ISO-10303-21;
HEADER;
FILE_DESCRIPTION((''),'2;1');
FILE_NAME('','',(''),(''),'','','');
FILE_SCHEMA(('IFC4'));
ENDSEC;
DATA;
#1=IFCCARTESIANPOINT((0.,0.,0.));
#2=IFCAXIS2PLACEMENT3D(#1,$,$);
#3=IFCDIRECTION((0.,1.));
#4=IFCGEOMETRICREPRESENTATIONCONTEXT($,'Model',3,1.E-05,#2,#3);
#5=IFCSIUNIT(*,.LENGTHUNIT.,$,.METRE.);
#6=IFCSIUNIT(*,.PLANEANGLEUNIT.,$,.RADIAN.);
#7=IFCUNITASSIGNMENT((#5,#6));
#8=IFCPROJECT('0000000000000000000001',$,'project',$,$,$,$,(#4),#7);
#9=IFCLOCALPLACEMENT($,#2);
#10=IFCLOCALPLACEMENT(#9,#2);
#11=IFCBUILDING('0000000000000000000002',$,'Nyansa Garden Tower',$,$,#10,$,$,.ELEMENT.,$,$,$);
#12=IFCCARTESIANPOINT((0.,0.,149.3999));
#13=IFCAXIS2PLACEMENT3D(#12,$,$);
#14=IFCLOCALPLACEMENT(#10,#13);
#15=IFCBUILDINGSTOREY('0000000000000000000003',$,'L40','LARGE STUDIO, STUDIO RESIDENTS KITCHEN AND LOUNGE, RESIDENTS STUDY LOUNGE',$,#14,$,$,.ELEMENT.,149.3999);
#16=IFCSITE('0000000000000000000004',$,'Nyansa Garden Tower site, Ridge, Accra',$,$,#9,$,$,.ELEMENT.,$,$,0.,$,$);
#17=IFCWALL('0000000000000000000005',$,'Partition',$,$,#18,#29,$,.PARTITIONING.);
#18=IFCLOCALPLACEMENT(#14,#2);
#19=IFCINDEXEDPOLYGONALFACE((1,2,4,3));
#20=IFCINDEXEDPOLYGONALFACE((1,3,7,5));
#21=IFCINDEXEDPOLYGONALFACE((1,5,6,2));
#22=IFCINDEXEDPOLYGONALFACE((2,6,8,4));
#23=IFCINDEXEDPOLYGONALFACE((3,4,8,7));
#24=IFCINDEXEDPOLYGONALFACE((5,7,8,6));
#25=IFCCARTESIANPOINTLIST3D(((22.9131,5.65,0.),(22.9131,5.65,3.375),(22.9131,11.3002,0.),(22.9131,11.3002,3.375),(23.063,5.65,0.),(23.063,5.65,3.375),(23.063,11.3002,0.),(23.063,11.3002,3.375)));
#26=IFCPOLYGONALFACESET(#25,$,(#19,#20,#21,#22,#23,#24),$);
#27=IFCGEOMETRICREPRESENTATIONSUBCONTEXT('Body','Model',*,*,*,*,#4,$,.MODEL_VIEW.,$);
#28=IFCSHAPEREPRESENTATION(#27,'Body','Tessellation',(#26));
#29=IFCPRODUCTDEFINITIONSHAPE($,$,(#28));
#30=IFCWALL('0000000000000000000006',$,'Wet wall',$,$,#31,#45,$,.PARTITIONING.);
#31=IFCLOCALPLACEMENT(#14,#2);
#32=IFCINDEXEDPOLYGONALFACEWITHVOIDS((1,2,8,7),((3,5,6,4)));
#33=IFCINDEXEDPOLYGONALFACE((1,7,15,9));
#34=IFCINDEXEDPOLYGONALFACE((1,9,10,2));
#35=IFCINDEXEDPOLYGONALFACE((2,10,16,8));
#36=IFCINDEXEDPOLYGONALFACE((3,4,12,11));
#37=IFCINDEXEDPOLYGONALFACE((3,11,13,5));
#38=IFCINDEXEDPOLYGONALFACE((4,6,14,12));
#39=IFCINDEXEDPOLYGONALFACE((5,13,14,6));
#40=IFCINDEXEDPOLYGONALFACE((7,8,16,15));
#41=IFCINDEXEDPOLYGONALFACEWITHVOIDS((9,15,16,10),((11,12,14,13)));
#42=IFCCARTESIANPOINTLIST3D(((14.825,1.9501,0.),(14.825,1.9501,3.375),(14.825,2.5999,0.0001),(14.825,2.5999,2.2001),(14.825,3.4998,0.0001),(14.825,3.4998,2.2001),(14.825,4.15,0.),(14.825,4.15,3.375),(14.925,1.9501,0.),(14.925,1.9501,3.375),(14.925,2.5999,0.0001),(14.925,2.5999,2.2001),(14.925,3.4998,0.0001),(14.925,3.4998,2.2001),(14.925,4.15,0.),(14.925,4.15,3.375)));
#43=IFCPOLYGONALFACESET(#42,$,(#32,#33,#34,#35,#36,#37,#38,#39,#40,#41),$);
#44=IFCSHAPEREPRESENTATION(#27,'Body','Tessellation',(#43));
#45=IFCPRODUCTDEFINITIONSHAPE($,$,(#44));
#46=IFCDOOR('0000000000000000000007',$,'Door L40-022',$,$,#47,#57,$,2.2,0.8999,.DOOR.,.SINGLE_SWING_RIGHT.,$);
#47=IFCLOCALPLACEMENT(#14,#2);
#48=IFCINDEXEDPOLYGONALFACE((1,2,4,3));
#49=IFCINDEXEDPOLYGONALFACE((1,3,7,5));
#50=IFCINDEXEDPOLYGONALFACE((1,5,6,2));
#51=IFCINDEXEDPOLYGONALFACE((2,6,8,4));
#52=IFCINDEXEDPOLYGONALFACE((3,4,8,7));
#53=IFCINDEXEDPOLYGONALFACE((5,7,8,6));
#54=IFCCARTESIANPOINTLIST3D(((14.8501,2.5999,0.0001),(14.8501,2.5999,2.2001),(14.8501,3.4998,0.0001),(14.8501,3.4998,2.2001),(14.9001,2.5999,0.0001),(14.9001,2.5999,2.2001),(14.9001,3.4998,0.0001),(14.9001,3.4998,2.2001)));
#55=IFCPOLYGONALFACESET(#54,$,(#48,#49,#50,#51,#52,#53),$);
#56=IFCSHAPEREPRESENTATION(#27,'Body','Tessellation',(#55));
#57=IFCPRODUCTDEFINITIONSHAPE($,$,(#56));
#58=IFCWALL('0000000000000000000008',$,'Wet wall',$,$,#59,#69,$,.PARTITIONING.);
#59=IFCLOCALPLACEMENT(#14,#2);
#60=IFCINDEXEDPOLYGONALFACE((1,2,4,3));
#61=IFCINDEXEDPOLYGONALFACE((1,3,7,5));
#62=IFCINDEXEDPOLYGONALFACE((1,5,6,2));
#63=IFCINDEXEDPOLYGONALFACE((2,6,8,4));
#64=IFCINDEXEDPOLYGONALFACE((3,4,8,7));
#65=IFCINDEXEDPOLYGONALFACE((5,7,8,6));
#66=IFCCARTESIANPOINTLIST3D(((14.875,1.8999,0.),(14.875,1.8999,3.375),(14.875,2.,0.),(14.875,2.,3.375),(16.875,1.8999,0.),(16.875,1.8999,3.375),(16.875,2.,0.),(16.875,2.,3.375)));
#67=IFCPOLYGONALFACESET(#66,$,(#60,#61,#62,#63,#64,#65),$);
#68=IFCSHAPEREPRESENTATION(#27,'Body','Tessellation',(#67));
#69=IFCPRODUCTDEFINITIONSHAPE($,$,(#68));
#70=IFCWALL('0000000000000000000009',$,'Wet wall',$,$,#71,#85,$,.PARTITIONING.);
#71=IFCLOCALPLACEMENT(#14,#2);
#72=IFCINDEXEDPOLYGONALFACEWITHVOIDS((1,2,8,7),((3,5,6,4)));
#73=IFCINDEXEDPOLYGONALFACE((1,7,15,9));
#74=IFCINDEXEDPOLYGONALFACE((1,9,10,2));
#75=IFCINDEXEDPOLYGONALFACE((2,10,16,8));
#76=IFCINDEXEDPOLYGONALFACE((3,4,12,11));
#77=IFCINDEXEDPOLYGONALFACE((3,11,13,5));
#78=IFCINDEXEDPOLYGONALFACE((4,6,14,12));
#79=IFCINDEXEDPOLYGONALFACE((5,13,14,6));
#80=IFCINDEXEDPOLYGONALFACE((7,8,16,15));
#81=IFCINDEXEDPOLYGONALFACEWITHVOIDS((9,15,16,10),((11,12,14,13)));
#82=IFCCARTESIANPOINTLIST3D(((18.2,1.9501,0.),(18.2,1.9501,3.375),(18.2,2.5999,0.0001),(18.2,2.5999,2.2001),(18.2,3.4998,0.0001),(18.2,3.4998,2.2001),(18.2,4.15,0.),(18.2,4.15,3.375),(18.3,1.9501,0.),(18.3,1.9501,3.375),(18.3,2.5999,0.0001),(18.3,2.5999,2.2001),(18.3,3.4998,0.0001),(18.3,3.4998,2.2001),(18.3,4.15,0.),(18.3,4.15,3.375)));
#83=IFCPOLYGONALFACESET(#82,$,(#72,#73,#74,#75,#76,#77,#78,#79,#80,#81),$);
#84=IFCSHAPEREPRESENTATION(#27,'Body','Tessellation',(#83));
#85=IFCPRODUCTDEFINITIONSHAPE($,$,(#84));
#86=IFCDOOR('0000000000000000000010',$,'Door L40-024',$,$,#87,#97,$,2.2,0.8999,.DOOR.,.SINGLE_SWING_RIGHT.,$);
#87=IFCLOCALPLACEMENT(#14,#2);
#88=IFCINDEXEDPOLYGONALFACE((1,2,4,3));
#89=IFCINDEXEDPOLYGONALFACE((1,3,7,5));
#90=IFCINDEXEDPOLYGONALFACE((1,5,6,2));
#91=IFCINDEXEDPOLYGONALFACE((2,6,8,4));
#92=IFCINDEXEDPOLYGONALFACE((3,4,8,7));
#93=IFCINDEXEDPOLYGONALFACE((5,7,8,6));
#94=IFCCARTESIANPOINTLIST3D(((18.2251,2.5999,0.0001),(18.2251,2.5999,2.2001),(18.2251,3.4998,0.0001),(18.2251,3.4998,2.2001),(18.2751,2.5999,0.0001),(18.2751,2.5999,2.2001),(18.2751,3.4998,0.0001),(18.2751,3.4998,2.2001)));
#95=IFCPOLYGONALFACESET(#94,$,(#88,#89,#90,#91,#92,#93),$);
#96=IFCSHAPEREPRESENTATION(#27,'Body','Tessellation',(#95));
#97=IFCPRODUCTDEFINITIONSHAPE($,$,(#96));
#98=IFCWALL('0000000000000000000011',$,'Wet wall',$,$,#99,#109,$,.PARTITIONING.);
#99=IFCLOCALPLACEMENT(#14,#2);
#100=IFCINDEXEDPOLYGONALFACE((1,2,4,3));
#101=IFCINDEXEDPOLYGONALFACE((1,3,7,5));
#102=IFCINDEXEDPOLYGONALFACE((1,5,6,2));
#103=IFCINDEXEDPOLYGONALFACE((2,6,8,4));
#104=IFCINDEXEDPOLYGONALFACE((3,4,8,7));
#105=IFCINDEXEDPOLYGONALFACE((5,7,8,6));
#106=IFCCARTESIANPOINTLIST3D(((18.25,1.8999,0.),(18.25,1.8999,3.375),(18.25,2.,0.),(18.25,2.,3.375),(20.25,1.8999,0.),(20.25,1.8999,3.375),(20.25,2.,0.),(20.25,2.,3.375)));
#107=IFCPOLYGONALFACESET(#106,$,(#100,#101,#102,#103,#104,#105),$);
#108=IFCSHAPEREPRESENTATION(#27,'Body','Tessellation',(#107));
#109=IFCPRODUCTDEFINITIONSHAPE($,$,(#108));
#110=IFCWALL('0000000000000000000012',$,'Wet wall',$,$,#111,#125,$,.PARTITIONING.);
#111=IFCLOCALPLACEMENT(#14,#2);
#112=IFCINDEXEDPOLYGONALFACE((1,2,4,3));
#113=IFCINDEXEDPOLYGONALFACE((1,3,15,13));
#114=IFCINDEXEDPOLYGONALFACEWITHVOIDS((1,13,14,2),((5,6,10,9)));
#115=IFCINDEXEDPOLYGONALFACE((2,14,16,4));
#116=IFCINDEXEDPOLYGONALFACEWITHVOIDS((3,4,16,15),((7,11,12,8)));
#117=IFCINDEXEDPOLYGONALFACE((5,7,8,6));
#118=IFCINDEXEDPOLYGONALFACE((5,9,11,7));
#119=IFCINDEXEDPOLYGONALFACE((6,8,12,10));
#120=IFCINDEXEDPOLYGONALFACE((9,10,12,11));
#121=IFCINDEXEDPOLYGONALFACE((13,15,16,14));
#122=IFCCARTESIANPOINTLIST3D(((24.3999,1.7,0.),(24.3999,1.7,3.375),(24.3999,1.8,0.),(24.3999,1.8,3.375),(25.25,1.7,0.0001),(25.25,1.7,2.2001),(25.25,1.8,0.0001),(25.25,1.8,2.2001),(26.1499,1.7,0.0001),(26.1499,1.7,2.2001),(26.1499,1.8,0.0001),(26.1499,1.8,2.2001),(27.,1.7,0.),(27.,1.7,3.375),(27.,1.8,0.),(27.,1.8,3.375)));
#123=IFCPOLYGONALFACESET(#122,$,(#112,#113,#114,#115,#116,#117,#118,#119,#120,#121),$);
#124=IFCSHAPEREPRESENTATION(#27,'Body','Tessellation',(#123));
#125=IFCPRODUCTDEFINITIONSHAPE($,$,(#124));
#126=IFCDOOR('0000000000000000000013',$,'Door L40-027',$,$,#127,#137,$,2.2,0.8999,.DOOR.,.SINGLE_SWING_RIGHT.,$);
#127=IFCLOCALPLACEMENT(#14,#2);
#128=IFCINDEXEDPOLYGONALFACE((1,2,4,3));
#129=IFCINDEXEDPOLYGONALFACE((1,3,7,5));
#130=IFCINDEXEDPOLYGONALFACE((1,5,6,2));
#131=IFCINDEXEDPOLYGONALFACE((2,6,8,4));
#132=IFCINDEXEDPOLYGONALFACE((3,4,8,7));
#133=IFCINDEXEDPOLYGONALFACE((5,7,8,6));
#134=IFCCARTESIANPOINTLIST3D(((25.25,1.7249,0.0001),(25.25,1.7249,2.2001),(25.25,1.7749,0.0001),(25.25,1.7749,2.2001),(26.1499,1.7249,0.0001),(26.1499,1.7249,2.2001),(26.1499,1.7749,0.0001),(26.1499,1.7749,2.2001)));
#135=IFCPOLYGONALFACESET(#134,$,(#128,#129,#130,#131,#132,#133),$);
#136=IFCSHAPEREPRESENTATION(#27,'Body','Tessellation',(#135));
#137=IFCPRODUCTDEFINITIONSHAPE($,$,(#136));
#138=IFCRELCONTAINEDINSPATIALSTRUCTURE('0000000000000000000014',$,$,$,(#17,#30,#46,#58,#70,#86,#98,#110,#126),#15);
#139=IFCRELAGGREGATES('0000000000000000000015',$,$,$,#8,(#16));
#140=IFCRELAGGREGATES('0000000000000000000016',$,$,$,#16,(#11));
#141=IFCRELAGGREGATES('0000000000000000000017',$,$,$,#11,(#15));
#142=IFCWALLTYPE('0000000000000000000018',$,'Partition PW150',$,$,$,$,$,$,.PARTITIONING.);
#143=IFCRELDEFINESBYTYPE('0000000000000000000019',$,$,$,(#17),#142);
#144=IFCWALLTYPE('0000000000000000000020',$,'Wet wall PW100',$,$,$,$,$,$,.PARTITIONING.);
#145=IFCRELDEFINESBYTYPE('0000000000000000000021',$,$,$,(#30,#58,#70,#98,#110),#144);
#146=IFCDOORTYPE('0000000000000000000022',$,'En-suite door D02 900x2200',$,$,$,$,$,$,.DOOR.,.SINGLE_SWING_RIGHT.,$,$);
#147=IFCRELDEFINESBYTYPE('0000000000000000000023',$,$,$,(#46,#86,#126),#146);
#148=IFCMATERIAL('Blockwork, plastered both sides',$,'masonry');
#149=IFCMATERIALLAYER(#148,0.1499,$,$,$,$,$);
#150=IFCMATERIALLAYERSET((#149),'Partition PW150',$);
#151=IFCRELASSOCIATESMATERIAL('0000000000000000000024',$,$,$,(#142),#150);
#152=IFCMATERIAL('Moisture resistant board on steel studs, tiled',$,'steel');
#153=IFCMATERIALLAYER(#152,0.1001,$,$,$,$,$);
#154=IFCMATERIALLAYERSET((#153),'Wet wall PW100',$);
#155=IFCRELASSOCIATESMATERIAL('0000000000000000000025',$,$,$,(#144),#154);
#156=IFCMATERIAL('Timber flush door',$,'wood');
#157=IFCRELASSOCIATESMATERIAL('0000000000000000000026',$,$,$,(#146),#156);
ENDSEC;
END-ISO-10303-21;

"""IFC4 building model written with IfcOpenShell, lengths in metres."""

from ifc_helpers import new_model, si_unit, direction, frame, frame_2d, origin, place, context, subcontext, project, spatial, rectangle, extrude, material, layer, layer_set, type_object, element, fill, save


model = new_model("IFC4")

# Units and contexts
model_context = context("Model", 3, precision=1e-05, world=origin(), true_north=direction((0.0, 1.0)))
body_context = subcontext(model_context, "Body", "Model", "MODEL_VIEW")
ifc_project = project(units=[si_unit("LENGTHUNIT", "METRE"), si_unit("PLANEANGLEUNIT", "RADIAN")], contexts=[model_context])

# Site, building, storey
site_placement = place(None, origin())
site = spatial("IfcSite", under=ifc_project, at=site_placement, Name="Nyansa Garden Tower site, Ridge, Accra", CompositionType="ELEMENT", RefElevation=0.0)
building_placement = place(site_placement, origin())
building = spatial("IfcBuilding", under=site, at=building_placement, Name="Nyansa Garden Tower", CompositionType="ELEMENT")
storey_placement = place(building_placement, frame((0.0, 0.0, 149.3999)))
storey = spatial("IfcBuildingStorey", under=building, at=storey_placement, Name="L40", Description="LARGE STUDIO, STUDIO RESIDENTS KITCHEN AND LOUNGE, RESIDENTS STUDY LOUNGE", CompositionType="ELEMENT", Elevation=149.3999)

# Shared definitions
ifc_material_1 = material(Name="Blockwork, plastered both sides", Category="masonry")
ifc_layer_1 = layer(ifc_material_1, 0.1499)
ifc_layer_set_1 = layer_set([ifc_layer_1], Name="Partition PW150")
wall_type_1 = type_object("IfcWallType", Name="Partition PW150", PredefinedType="PARTITIONING", material=ifc_layer_set_1)

# Wall
wall_1_placement = place(storey_placement, frame((22.988, 5.6499, 0.0), z_axis=(0.0, 0.0, 1.0), x_axis=(0.0, 1.0, 0.0)))
element("IfcWall", 1, at=wall_1_placement, inside=storey, type_object=wall_type_1, Name="Partition", PredefinedType="PARTITIONING", context=body_context, shape_type="SweptSolid", body=[
    extrude(rectangle(XDim=5.6501, YDim=0.1499, at=frame_2d((2.8252, 0.0))), origin(), (0.0, 0.0, 1.0), 3.375),
])

# Wall, opening, door
ifc_material_2 = material(Name="Moisture resistant board on steel studs, tiled", Category="steel")
ifc_layer_2 = layer(ifc_material_2, 0.1001)
ifc_layer_set_2 = layer_set([ifc_layer_2], Name="Wet wall PW100")
wall_type_2 = type_object("IfcWallType", Name="Wet wall PW100", PredefinedType="PARTITIONING", material=ifc_layer_set_2)
wall_2_placement = place(storey_placement, frame((14.875, 1.95, 0.0), z_axis=(0.0, 0.0, 1.0), x_axis=(0.0, 1.0, 0.0)))
wall_2 = element("IfcWall", 2, at=wall_2_placement, inside=storey, type_object=wall_type_2, Name="Wet wall", PredefinedType="PARTITIONING", context=body_context, shape_type="SweptSolid", body=[
    extrude(rectangle(XDim=2.2, YDim=0.1001, at=frame_2d((1.1001, 0.0))), origin(), (0.0, 0.0, 1.0), 3.375),
])
opening_1_placement = place(wall_2_placement, frame((0.6499, 0.0, 0.0)))
opening_1 = element("IfcOpeningElement", 3, at=opening_1_placement, cuts=wall_2, PredefinedType="OPENING", context=body_context, shape_type="SweptSolid", body=[
    extrude(rectangle(XDim=0.8999, YDim=2.2, at=frame_2d((0.45, 1.1001))), frame((0.0, 0.0601, 0.0), z_axis=(0.0, -1.0, 0.0), x_axis=(1.0, 0.0, 0.0)), (0.0, 0.0, 1.0), 0.1201),
])
ifc_material_3 = material(Name="Timber flush door", Category="wood")
door_type_1 = type_object("IfcDoorType", Name="En-suite door D02 900x2200", OperationType="SINGLE_SWING_RIGHT", PredefinedType="DOOR", material=ifc_material_3)
door_1_placement = place(opening_1_placement, origin())
door_1 = element("IfcDoor", 4, at=door_1_placement, inside=storey, type_object=door_type_1, Name="Door L40-022", OperationType="SINGLE_SWING_RIGHT", OverallHeight=2.2, OverallWidth=0.8999, PredefinedType="DOOR", context=body_context, shape_type="SweptSolid", body=[
    extrude(rectangle(XDim=0.8999, YDim=2.2, at=frame_2d((0.45, 1.1001))), frame((0.0, 0.0249, 0.0), z_axis=(0.0, -1.0, 0.0), x_axis=(1.0, 0.0, 0.0)), (0.0, 0.0, 1.0), 0.05),
])
fill(opening_1, door_1)

# Wall
wall_3_placement = place(storey_placement, frame((14.875, 1.95, 0.0), z_axis=(0.0, 0.0, 1.0), x_axis=(1.0, 0.0, 0.0)))
element("IfcWall", 5, at=wall_3_placement, inside=storey, type_object=wall_type_2, Name="Wet wall", PredefinedType="PARTITIONING", context=body_context, shape_type="SweptSolid", body=[
    extrude(rectangle(XDim=2.0, YDim=0.1001, at=frame_2d((1.0, 0.0))), origin(), (0.0, 0.0, 1.0), 3.375),
])

# Wall, opening, door
wall_4_placement = place(storey_placement, frame((18.25, 1.95, 0.0), z_axis=(0.0, 0.0, 1.0), x_axis=(0.0, 1.0, 0.0)))
wall_4 = element("IfcWall", 6, at=wall_4_placement, inside=storey, type_object=wall_type_2, Name="Wet wall", PredefinedType="PARTITIONING", context=body_context, shape_type="SweptSolid", body=[
    extrude(rectangle(XDim=2.2, YDim=0.1001, at=frame_2d((1.1001, 0.0))), origin(), (0.0, 0.0, 1.0), 3.375),
])
opening_2_placement = place(wall_4_placement, frame((0.6499, 0.0, 0.0)))
opening_2 = element("IfcOpeningElement", 7, at=opening_2_placement, cuts=wall_4, PredefinedType="OPENING", context=body_context, shape_type="SweptSolid", body=[
    extrude(rectangle(XDim=0.8999, YDim=2.2, at=frame_2d((0.45, 1.1001))), frame((0.0, 0.0601, 0.0), z_axis=(0.0, -1.0, 0.0), x_axis=(1.0, 0.0, 0.0)), (0.0, 0.0, 1.0), 0.1201),
])
door_2_placement = place(opening_2_placement, origin())
door_2 = element("IfcDoor", 8, at=door_2_placement, inside=storey, type_object=door_type_1, Name="Door L40-024", OperationType="SINGLE_SWING_RIGHT", OverallHeight=2.2, OverallWidth=0.8999, PredefinedType="DOOR", context=body_context, shape_type="SweptSolid", body=[
    extrude(rectangle(XDim=0.8999, YDim=2.2, at=frame_2d((0.45, 1.1001))), frame((0.0, 0.0249, 0.0), z_axis=(0.0, -1.0, 0.0), x_axis=(1.0, 0.0, 0.0)), (0.0, 0.0, 1.0), 0.05),
])
fill(opening_2, door_2)

# Wall
wall_5_placement = place(storey_placement, frame((18.25, 1.95, 0.0), z_axis=(0.0, 0.0, 1.0), x_axis=(1.0, 0.0, 0.0)))
element("IfcWall", 9, at=wall_5_placement, inside=storey, type_object=wall_type_2, Name="Wet wall", PredefinedType="PARTITIONING", context=body_context, shape_type="SweptSolid", body=[
    extrude(rectangle(XDim=2.0, YDim=0.1001, at=frame_2d((1.0, 0.0))), origin(), (0.0, 0.0, 1.0), 3.375),
])

# Wall, opening, door
wall_6_placement = place(storey_placement, frame((24.3999, 1.75, 0.0), z_axis=(0.0, 0.0, 1.0), x_axis=(1.0, 0.0, 0.0)))
wall_6 = element("IfcWall", 10, at=wall_6_placement, inside=storey, type_object=wall_type_2, Name="Wet wall", PredefinedType="PARTITIONING", context=body_context, shape_type="SweptSolid", body=[
    extrude(rectangle(XDim=2.6001, YDim=0.1001, at=frame_2d((1.3, 0.0))), origin(), (0.0, 0.0, 1.0), 3.375),
])
opening_3_placement = place(wall_6_placement, frame((0.8501, 0.0, 0.0)))
opening_3 = element("IfcOpeningElement", 11, at=opening_3_placement, cuts=wall_6, PredefinedType="OPENING", context=body_context, shape_type="SweptSolid", body=[
    extrude(rectangle(XDim=0.8999, YDim=2.2, at=frame_2d((0.45, 1.1001))), frame((0.0, 0.0601, 0.0), z_axis=(0.0, -1.0, 0.0), x_axis=(1.0, 0.0, 0.0)), (0.0, 0.0, 1.0), 0.1201),
])
door_3_placement = place(opening_3_placement, origin())
door_3 = element("IfcDoor", 12, at=door_3_placement, inside=storey, type_object=door_type_1, Name="Door L40-027", OperationType="SINGLE_SWING_RIGHT", OverallHeight=2.2, OverallWidth=0.8999, PredefinedType="DOOR", context=body_context, shape_type="SweptSolid", body=[
    extrude(rectangle(XDim=0.8999, YDim=2.2, at=frame_2d((0.45, 1.1001))), frame((0.0, 0.0249, 0.0), z_axis=(0.0, -1.0, 0.0), x_axis=(1.0, 0.0, 0.0)), (0.0, 0.0, 1.0), 0.05),
])
fill(opening_3, door_3)

save(model, "model.ifc")
